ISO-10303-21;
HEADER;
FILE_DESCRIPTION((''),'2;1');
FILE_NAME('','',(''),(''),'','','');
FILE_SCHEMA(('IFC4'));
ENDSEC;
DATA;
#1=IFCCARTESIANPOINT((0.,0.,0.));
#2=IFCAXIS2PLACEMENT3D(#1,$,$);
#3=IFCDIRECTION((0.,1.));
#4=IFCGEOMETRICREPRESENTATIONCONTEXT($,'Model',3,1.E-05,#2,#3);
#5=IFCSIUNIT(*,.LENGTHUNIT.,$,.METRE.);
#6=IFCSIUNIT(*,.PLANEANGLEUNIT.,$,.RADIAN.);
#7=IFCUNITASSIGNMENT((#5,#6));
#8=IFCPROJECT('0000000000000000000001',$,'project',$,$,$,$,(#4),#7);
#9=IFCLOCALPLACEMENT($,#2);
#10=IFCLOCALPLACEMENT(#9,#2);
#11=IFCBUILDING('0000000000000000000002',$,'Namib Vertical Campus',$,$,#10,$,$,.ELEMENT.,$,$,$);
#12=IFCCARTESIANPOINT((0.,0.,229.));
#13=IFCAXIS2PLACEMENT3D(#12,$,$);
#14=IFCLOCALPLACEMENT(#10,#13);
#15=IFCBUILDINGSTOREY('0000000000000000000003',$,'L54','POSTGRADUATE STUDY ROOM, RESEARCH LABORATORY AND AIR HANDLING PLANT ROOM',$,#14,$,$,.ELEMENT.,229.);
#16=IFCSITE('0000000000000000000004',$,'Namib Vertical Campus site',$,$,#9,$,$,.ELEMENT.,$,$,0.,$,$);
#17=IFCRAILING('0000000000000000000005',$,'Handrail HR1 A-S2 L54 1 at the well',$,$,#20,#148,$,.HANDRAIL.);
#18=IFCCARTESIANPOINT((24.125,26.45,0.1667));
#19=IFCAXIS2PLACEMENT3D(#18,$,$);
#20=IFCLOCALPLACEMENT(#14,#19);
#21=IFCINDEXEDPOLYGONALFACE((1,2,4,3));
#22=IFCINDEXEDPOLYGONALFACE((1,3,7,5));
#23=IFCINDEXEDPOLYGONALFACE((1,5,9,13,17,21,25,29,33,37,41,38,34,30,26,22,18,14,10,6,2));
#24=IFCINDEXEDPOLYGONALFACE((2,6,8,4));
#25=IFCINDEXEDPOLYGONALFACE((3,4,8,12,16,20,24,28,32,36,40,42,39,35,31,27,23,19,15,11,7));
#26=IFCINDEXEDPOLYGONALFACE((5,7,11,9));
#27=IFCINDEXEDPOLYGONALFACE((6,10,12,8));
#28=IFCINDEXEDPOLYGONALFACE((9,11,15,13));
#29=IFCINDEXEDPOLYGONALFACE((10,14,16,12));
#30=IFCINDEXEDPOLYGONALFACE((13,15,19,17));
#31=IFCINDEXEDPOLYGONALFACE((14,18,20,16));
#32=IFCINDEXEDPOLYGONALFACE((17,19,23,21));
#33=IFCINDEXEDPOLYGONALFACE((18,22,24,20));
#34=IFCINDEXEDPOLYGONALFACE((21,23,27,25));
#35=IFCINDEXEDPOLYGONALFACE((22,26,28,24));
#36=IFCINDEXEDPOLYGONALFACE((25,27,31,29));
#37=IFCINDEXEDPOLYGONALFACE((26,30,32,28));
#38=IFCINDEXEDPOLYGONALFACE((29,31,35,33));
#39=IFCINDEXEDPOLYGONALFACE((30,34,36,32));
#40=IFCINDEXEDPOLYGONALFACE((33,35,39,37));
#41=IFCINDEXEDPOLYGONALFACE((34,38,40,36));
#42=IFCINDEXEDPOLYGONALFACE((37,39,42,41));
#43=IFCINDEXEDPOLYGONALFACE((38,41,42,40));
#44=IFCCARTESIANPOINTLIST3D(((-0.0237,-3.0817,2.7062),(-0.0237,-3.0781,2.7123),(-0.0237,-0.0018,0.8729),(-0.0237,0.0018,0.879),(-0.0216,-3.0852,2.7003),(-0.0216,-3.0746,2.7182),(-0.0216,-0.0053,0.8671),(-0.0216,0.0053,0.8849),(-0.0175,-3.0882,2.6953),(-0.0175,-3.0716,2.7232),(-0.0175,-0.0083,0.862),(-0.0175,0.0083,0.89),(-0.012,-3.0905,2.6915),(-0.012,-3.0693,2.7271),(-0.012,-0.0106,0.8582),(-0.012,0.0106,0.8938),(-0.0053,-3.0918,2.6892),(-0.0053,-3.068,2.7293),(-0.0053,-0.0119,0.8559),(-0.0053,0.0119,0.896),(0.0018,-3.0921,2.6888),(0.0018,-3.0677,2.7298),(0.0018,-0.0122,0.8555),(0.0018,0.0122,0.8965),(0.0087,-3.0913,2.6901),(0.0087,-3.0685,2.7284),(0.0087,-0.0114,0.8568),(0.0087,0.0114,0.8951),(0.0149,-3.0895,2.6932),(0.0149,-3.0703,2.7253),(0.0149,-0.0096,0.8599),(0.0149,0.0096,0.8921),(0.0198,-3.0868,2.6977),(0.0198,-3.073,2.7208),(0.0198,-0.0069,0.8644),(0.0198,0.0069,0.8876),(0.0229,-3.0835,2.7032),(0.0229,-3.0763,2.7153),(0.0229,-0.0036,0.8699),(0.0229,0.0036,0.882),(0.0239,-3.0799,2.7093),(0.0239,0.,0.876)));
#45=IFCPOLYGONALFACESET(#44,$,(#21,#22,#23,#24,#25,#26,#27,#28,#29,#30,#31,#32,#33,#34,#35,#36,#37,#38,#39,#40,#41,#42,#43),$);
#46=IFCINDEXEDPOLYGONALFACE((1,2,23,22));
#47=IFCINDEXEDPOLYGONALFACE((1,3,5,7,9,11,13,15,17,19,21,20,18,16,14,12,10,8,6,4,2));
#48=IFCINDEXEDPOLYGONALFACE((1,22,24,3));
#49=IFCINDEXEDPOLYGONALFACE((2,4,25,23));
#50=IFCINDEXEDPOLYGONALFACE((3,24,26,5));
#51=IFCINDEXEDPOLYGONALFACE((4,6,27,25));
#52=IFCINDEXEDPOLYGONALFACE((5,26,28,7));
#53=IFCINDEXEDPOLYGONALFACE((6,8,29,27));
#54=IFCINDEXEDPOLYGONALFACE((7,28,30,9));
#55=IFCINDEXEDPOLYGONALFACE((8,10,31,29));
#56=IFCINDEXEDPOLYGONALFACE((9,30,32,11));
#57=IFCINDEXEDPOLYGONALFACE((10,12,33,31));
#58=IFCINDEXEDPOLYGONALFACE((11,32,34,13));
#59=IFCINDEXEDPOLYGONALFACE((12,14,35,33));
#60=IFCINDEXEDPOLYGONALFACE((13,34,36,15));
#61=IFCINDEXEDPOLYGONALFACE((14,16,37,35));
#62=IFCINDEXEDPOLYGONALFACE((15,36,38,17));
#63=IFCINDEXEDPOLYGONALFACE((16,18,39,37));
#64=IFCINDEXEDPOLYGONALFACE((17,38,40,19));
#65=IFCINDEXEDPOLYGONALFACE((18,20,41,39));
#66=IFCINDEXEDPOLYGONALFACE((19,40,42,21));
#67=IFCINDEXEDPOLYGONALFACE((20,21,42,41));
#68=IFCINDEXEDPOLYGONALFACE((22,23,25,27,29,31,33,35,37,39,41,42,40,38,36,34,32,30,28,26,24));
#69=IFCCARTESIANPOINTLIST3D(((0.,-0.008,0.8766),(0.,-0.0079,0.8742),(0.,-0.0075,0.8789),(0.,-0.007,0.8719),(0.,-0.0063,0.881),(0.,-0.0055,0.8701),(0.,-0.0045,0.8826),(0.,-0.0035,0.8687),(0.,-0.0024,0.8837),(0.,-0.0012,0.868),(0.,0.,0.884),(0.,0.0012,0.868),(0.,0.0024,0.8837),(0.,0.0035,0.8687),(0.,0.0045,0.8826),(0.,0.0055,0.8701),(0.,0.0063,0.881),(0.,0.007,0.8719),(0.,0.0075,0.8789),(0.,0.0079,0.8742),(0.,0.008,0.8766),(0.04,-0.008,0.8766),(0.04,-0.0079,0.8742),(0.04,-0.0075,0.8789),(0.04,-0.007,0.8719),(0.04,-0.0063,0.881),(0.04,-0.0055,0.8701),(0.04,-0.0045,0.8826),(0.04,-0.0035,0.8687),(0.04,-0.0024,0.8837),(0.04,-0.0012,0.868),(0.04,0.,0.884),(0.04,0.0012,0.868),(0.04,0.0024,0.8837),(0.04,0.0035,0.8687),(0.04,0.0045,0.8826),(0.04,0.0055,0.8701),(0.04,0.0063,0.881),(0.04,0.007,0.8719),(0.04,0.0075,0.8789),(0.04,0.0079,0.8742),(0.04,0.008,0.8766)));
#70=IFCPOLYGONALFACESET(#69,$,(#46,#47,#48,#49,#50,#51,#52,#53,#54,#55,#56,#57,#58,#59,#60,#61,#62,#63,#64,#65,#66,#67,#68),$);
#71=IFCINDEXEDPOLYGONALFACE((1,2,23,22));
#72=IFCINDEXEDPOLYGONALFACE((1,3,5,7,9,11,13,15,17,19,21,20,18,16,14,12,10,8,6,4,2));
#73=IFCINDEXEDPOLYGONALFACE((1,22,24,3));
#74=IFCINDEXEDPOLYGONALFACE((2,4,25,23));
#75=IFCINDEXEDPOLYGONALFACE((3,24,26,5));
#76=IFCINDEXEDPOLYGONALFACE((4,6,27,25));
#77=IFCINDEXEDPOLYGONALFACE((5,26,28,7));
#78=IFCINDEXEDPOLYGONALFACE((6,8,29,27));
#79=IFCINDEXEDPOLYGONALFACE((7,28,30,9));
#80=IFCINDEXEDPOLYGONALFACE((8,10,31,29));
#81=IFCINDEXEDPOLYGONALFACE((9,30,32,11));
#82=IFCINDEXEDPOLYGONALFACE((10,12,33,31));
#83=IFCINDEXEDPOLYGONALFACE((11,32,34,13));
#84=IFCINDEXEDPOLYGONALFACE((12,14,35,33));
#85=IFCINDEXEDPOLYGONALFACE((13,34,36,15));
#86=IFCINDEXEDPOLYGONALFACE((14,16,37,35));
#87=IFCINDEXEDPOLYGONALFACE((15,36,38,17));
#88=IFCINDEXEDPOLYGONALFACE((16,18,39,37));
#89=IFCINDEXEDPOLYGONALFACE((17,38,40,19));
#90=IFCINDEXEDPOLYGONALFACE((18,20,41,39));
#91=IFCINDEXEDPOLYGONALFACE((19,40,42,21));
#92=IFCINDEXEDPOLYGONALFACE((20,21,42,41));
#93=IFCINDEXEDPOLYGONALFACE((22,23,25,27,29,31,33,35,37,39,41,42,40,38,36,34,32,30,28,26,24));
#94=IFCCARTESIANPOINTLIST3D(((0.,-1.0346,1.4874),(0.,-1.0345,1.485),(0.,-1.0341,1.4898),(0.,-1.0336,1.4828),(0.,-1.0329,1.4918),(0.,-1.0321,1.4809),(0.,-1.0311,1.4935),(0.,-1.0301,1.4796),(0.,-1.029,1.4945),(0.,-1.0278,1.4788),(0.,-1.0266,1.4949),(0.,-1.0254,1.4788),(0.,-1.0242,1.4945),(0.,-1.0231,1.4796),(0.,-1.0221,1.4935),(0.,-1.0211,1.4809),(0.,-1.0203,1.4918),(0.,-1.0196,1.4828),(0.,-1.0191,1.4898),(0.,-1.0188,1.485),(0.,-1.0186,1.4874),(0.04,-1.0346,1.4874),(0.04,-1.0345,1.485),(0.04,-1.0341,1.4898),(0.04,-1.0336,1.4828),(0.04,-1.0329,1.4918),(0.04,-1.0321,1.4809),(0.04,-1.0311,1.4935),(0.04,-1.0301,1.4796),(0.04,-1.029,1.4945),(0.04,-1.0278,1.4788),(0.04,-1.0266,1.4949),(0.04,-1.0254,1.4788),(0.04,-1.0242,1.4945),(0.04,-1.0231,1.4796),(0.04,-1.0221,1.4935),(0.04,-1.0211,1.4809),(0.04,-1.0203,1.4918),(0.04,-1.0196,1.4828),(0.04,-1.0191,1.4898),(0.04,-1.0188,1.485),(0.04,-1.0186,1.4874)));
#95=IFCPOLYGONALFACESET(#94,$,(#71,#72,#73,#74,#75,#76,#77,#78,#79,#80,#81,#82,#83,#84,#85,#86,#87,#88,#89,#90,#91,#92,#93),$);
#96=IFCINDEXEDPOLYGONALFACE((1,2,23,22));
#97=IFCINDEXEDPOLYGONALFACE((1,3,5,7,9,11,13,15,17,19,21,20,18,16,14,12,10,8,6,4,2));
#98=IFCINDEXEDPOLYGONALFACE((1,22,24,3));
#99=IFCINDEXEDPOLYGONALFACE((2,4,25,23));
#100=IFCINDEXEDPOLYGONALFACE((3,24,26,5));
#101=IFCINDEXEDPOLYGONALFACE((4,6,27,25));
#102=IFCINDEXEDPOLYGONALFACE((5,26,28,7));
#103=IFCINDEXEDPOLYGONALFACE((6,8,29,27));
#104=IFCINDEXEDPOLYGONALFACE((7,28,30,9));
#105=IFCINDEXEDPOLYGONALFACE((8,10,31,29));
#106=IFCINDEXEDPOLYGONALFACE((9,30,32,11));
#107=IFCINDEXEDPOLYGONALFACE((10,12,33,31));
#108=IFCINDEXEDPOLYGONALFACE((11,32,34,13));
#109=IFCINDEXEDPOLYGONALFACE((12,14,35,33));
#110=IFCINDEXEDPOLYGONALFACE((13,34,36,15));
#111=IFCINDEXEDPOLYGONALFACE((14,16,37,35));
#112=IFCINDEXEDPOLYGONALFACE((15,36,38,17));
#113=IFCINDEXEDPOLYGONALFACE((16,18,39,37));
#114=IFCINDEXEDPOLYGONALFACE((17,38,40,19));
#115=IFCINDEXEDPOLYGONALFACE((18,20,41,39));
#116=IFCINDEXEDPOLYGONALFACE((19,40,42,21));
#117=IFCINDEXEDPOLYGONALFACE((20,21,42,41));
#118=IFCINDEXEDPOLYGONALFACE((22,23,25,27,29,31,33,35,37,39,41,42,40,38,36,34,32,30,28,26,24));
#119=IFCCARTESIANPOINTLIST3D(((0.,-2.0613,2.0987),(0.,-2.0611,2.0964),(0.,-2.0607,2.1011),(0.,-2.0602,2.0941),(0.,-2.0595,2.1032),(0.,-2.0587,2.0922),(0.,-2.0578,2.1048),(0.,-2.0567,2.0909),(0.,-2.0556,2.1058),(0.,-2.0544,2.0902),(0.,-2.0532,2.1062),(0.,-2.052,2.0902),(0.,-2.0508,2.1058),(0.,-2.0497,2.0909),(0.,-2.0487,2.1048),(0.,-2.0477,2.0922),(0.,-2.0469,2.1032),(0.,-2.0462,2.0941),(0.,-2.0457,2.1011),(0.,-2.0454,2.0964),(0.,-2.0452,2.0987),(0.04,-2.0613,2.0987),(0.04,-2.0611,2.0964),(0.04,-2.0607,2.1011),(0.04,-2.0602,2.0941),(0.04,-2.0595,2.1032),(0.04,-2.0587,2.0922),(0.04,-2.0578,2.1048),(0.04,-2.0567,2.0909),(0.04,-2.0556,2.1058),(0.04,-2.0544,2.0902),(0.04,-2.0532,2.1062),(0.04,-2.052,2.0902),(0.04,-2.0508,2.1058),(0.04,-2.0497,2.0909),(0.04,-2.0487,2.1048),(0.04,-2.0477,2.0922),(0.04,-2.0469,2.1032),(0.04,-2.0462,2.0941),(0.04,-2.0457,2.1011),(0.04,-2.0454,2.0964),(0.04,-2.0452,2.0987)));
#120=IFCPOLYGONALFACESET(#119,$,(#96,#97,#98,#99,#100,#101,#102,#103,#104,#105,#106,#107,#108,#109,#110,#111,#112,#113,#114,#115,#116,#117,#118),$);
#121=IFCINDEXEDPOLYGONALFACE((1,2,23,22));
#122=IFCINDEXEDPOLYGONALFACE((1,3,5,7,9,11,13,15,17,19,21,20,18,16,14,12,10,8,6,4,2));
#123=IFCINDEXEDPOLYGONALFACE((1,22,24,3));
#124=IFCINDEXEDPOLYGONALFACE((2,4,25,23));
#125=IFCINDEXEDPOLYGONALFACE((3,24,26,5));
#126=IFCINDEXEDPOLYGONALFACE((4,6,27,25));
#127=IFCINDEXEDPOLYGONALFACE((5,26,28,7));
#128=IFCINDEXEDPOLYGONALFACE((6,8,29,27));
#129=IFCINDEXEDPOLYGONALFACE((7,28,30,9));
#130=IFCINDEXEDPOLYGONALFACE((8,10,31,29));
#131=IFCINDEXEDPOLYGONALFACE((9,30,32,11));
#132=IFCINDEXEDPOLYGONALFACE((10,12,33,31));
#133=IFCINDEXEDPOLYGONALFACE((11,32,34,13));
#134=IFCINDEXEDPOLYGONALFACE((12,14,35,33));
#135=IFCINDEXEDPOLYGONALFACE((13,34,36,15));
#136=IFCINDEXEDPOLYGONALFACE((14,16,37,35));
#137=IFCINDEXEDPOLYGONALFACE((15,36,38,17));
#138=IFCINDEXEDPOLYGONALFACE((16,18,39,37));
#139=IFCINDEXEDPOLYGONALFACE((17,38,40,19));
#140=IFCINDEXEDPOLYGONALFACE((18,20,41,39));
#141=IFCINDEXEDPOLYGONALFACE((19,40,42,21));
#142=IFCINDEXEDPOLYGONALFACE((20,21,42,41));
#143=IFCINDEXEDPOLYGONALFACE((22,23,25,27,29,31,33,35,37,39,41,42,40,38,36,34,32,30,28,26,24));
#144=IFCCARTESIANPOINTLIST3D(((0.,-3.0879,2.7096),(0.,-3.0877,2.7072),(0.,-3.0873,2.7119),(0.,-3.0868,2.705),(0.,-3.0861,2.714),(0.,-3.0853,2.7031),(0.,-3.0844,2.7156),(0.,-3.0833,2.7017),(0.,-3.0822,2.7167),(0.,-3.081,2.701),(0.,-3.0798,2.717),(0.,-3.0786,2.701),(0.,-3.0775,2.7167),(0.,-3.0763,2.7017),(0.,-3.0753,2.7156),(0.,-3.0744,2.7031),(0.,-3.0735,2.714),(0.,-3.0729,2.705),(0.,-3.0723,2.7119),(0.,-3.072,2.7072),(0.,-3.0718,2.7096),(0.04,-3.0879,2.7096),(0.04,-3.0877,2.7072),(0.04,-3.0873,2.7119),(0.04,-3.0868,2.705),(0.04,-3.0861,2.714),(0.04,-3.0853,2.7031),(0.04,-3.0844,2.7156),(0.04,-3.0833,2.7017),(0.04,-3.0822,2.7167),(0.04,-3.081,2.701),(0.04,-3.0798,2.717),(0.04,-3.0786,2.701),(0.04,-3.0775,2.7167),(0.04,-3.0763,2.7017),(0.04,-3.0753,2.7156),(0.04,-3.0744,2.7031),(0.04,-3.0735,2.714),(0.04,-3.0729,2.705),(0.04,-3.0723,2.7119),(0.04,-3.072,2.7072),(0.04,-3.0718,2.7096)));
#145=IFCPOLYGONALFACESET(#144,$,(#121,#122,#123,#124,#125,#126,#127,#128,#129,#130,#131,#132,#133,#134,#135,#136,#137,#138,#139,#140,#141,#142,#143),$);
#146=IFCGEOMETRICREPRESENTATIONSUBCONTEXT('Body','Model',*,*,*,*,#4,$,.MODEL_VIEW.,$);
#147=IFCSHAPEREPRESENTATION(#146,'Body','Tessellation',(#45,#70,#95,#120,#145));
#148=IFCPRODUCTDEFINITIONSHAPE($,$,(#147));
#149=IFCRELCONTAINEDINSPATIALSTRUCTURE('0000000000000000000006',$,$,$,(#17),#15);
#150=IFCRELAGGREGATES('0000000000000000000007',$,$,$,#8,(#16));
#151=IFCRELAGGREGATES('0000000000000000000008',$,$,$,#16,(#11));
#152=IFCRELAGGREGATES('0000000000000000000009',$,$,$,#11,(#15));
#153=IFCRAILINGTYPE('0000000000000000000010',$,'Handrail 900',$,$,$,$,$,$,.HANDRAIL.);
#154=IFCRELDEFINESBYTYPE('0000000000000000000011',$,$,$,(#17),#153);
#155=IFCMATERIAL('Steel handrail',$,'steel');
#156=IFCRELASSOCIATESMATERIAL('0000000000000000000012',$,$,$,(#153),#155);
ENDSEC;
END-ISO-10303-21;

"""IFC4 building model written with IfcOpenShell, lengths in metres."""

from ifc_helpers import new_model, si_unit, direction, frame, origin, origin_2d, place, context, subcontext, project, spatial, circle, extrude, material, type_object, element, save


model = new_model("IFC4")

# Units and contexts
model_context = context("Model", 3, precision=1e-05, world=origin(), true_north=direction((0.0, 1.0)))
body_context = subcontext(model_context, "Body", "Model", "MODEL_VIEW")
ifc_project = project(units=[si_unit("LENGTHUNIT", "METRE"), si_unit("PLANEANGLEUNIT", "RADIAN")], contexts=[model_context])

# Site, building, storey
site_placement = place(None, origin())
site = spatial("IfcSite", under=ifc_project, at=site_placement, Name="Namib Vertical Campus site", CompositionType="ELEMENT", RefElevation=0.0)
building_placement = place(site_placement, origin())
building = spatial("IfcBuilding", under=site, at=building_placement, Name="Namib Vertical Campus", CompositionType="ELEMENT")
storey_placement = place(building_placement, frame((0.0, 0.0, 229.0)))
storey = spatial("IfcBuildingStorey", under=building, at=storey_placement, Name="L54", Description="POSTGRADUATE STUDY ROOM, RESEARCH LABORATORY AND AIR HANDLING PLANT ROOM", CompositionType="ELEMENT", Elevation=229.0)

# Railing
ifc_material_1 = material(Name="Steel handrail", Category="steel")
railing_type_1 = type_object("IfcRailingType", Name="Handrail 900", PredefinedType="HANDRAIL", material=ifc_material_1)
railing_1_placement = place(storey_placement, frame((24.125, 26.45, 0.1667)))
element("IfcRailing", 1, at=railing_1_placement, inside=storey, type_object=railing_type_1, Name="Handrail HR1 A-S2 L54 1 at the well", PredefinedType="HANDRAIL", context=body_context, shape_type="SweptSolid", body=[
    extrude(circle(Radius=0.0239, at=origin_2d()), frame((0.0, 0.0, 0.876), z_axis=(0.0, -0.859291, 0.511487), x_axis=(1.0, 0.0, 0.0)), (0.0, 0.0, 1.0), 3.5842),
    extrude(circle(Radius=0.0081, at=origin_2d()), frame((0.0, 0.0, 0.876), z_axis=(1.0, 0.0, 0.0), x_axis=(0.0, 0.0, 1.0)), (0.0, 0.0, 1.0), 0.04),
    extrude(circle(Radius=0.0081, at=origin_2d()), frame((0.0, -1.0266, 1.4868), z_axis=(1.0, 0.0, 0.0), x_axis=(0.0, 0.0, 1.0)), (0.0, 0.0, 1.0), 0.04),
    extrude(circle(Radius=0.0081, at=origin_2d()), frame((0.0, -2.0532, 2.0981), z_axis=(1.0, 0.0, 0.0), x_axis=(0.0, 0.0, 1.0)), (0.0, 0.0, 1.0), 0.04),
    extrude(circle(Radius=0.0081, at=origin_2d()), frame((0.0, -3.0798, 2.709), z_axis=(1.0, 0.0, 0.0), x_axis=(0.0, 0.0, 1.0)), (0.0, 0.0, 1.0), 0.04),
])

save(model, "model.ifc")
